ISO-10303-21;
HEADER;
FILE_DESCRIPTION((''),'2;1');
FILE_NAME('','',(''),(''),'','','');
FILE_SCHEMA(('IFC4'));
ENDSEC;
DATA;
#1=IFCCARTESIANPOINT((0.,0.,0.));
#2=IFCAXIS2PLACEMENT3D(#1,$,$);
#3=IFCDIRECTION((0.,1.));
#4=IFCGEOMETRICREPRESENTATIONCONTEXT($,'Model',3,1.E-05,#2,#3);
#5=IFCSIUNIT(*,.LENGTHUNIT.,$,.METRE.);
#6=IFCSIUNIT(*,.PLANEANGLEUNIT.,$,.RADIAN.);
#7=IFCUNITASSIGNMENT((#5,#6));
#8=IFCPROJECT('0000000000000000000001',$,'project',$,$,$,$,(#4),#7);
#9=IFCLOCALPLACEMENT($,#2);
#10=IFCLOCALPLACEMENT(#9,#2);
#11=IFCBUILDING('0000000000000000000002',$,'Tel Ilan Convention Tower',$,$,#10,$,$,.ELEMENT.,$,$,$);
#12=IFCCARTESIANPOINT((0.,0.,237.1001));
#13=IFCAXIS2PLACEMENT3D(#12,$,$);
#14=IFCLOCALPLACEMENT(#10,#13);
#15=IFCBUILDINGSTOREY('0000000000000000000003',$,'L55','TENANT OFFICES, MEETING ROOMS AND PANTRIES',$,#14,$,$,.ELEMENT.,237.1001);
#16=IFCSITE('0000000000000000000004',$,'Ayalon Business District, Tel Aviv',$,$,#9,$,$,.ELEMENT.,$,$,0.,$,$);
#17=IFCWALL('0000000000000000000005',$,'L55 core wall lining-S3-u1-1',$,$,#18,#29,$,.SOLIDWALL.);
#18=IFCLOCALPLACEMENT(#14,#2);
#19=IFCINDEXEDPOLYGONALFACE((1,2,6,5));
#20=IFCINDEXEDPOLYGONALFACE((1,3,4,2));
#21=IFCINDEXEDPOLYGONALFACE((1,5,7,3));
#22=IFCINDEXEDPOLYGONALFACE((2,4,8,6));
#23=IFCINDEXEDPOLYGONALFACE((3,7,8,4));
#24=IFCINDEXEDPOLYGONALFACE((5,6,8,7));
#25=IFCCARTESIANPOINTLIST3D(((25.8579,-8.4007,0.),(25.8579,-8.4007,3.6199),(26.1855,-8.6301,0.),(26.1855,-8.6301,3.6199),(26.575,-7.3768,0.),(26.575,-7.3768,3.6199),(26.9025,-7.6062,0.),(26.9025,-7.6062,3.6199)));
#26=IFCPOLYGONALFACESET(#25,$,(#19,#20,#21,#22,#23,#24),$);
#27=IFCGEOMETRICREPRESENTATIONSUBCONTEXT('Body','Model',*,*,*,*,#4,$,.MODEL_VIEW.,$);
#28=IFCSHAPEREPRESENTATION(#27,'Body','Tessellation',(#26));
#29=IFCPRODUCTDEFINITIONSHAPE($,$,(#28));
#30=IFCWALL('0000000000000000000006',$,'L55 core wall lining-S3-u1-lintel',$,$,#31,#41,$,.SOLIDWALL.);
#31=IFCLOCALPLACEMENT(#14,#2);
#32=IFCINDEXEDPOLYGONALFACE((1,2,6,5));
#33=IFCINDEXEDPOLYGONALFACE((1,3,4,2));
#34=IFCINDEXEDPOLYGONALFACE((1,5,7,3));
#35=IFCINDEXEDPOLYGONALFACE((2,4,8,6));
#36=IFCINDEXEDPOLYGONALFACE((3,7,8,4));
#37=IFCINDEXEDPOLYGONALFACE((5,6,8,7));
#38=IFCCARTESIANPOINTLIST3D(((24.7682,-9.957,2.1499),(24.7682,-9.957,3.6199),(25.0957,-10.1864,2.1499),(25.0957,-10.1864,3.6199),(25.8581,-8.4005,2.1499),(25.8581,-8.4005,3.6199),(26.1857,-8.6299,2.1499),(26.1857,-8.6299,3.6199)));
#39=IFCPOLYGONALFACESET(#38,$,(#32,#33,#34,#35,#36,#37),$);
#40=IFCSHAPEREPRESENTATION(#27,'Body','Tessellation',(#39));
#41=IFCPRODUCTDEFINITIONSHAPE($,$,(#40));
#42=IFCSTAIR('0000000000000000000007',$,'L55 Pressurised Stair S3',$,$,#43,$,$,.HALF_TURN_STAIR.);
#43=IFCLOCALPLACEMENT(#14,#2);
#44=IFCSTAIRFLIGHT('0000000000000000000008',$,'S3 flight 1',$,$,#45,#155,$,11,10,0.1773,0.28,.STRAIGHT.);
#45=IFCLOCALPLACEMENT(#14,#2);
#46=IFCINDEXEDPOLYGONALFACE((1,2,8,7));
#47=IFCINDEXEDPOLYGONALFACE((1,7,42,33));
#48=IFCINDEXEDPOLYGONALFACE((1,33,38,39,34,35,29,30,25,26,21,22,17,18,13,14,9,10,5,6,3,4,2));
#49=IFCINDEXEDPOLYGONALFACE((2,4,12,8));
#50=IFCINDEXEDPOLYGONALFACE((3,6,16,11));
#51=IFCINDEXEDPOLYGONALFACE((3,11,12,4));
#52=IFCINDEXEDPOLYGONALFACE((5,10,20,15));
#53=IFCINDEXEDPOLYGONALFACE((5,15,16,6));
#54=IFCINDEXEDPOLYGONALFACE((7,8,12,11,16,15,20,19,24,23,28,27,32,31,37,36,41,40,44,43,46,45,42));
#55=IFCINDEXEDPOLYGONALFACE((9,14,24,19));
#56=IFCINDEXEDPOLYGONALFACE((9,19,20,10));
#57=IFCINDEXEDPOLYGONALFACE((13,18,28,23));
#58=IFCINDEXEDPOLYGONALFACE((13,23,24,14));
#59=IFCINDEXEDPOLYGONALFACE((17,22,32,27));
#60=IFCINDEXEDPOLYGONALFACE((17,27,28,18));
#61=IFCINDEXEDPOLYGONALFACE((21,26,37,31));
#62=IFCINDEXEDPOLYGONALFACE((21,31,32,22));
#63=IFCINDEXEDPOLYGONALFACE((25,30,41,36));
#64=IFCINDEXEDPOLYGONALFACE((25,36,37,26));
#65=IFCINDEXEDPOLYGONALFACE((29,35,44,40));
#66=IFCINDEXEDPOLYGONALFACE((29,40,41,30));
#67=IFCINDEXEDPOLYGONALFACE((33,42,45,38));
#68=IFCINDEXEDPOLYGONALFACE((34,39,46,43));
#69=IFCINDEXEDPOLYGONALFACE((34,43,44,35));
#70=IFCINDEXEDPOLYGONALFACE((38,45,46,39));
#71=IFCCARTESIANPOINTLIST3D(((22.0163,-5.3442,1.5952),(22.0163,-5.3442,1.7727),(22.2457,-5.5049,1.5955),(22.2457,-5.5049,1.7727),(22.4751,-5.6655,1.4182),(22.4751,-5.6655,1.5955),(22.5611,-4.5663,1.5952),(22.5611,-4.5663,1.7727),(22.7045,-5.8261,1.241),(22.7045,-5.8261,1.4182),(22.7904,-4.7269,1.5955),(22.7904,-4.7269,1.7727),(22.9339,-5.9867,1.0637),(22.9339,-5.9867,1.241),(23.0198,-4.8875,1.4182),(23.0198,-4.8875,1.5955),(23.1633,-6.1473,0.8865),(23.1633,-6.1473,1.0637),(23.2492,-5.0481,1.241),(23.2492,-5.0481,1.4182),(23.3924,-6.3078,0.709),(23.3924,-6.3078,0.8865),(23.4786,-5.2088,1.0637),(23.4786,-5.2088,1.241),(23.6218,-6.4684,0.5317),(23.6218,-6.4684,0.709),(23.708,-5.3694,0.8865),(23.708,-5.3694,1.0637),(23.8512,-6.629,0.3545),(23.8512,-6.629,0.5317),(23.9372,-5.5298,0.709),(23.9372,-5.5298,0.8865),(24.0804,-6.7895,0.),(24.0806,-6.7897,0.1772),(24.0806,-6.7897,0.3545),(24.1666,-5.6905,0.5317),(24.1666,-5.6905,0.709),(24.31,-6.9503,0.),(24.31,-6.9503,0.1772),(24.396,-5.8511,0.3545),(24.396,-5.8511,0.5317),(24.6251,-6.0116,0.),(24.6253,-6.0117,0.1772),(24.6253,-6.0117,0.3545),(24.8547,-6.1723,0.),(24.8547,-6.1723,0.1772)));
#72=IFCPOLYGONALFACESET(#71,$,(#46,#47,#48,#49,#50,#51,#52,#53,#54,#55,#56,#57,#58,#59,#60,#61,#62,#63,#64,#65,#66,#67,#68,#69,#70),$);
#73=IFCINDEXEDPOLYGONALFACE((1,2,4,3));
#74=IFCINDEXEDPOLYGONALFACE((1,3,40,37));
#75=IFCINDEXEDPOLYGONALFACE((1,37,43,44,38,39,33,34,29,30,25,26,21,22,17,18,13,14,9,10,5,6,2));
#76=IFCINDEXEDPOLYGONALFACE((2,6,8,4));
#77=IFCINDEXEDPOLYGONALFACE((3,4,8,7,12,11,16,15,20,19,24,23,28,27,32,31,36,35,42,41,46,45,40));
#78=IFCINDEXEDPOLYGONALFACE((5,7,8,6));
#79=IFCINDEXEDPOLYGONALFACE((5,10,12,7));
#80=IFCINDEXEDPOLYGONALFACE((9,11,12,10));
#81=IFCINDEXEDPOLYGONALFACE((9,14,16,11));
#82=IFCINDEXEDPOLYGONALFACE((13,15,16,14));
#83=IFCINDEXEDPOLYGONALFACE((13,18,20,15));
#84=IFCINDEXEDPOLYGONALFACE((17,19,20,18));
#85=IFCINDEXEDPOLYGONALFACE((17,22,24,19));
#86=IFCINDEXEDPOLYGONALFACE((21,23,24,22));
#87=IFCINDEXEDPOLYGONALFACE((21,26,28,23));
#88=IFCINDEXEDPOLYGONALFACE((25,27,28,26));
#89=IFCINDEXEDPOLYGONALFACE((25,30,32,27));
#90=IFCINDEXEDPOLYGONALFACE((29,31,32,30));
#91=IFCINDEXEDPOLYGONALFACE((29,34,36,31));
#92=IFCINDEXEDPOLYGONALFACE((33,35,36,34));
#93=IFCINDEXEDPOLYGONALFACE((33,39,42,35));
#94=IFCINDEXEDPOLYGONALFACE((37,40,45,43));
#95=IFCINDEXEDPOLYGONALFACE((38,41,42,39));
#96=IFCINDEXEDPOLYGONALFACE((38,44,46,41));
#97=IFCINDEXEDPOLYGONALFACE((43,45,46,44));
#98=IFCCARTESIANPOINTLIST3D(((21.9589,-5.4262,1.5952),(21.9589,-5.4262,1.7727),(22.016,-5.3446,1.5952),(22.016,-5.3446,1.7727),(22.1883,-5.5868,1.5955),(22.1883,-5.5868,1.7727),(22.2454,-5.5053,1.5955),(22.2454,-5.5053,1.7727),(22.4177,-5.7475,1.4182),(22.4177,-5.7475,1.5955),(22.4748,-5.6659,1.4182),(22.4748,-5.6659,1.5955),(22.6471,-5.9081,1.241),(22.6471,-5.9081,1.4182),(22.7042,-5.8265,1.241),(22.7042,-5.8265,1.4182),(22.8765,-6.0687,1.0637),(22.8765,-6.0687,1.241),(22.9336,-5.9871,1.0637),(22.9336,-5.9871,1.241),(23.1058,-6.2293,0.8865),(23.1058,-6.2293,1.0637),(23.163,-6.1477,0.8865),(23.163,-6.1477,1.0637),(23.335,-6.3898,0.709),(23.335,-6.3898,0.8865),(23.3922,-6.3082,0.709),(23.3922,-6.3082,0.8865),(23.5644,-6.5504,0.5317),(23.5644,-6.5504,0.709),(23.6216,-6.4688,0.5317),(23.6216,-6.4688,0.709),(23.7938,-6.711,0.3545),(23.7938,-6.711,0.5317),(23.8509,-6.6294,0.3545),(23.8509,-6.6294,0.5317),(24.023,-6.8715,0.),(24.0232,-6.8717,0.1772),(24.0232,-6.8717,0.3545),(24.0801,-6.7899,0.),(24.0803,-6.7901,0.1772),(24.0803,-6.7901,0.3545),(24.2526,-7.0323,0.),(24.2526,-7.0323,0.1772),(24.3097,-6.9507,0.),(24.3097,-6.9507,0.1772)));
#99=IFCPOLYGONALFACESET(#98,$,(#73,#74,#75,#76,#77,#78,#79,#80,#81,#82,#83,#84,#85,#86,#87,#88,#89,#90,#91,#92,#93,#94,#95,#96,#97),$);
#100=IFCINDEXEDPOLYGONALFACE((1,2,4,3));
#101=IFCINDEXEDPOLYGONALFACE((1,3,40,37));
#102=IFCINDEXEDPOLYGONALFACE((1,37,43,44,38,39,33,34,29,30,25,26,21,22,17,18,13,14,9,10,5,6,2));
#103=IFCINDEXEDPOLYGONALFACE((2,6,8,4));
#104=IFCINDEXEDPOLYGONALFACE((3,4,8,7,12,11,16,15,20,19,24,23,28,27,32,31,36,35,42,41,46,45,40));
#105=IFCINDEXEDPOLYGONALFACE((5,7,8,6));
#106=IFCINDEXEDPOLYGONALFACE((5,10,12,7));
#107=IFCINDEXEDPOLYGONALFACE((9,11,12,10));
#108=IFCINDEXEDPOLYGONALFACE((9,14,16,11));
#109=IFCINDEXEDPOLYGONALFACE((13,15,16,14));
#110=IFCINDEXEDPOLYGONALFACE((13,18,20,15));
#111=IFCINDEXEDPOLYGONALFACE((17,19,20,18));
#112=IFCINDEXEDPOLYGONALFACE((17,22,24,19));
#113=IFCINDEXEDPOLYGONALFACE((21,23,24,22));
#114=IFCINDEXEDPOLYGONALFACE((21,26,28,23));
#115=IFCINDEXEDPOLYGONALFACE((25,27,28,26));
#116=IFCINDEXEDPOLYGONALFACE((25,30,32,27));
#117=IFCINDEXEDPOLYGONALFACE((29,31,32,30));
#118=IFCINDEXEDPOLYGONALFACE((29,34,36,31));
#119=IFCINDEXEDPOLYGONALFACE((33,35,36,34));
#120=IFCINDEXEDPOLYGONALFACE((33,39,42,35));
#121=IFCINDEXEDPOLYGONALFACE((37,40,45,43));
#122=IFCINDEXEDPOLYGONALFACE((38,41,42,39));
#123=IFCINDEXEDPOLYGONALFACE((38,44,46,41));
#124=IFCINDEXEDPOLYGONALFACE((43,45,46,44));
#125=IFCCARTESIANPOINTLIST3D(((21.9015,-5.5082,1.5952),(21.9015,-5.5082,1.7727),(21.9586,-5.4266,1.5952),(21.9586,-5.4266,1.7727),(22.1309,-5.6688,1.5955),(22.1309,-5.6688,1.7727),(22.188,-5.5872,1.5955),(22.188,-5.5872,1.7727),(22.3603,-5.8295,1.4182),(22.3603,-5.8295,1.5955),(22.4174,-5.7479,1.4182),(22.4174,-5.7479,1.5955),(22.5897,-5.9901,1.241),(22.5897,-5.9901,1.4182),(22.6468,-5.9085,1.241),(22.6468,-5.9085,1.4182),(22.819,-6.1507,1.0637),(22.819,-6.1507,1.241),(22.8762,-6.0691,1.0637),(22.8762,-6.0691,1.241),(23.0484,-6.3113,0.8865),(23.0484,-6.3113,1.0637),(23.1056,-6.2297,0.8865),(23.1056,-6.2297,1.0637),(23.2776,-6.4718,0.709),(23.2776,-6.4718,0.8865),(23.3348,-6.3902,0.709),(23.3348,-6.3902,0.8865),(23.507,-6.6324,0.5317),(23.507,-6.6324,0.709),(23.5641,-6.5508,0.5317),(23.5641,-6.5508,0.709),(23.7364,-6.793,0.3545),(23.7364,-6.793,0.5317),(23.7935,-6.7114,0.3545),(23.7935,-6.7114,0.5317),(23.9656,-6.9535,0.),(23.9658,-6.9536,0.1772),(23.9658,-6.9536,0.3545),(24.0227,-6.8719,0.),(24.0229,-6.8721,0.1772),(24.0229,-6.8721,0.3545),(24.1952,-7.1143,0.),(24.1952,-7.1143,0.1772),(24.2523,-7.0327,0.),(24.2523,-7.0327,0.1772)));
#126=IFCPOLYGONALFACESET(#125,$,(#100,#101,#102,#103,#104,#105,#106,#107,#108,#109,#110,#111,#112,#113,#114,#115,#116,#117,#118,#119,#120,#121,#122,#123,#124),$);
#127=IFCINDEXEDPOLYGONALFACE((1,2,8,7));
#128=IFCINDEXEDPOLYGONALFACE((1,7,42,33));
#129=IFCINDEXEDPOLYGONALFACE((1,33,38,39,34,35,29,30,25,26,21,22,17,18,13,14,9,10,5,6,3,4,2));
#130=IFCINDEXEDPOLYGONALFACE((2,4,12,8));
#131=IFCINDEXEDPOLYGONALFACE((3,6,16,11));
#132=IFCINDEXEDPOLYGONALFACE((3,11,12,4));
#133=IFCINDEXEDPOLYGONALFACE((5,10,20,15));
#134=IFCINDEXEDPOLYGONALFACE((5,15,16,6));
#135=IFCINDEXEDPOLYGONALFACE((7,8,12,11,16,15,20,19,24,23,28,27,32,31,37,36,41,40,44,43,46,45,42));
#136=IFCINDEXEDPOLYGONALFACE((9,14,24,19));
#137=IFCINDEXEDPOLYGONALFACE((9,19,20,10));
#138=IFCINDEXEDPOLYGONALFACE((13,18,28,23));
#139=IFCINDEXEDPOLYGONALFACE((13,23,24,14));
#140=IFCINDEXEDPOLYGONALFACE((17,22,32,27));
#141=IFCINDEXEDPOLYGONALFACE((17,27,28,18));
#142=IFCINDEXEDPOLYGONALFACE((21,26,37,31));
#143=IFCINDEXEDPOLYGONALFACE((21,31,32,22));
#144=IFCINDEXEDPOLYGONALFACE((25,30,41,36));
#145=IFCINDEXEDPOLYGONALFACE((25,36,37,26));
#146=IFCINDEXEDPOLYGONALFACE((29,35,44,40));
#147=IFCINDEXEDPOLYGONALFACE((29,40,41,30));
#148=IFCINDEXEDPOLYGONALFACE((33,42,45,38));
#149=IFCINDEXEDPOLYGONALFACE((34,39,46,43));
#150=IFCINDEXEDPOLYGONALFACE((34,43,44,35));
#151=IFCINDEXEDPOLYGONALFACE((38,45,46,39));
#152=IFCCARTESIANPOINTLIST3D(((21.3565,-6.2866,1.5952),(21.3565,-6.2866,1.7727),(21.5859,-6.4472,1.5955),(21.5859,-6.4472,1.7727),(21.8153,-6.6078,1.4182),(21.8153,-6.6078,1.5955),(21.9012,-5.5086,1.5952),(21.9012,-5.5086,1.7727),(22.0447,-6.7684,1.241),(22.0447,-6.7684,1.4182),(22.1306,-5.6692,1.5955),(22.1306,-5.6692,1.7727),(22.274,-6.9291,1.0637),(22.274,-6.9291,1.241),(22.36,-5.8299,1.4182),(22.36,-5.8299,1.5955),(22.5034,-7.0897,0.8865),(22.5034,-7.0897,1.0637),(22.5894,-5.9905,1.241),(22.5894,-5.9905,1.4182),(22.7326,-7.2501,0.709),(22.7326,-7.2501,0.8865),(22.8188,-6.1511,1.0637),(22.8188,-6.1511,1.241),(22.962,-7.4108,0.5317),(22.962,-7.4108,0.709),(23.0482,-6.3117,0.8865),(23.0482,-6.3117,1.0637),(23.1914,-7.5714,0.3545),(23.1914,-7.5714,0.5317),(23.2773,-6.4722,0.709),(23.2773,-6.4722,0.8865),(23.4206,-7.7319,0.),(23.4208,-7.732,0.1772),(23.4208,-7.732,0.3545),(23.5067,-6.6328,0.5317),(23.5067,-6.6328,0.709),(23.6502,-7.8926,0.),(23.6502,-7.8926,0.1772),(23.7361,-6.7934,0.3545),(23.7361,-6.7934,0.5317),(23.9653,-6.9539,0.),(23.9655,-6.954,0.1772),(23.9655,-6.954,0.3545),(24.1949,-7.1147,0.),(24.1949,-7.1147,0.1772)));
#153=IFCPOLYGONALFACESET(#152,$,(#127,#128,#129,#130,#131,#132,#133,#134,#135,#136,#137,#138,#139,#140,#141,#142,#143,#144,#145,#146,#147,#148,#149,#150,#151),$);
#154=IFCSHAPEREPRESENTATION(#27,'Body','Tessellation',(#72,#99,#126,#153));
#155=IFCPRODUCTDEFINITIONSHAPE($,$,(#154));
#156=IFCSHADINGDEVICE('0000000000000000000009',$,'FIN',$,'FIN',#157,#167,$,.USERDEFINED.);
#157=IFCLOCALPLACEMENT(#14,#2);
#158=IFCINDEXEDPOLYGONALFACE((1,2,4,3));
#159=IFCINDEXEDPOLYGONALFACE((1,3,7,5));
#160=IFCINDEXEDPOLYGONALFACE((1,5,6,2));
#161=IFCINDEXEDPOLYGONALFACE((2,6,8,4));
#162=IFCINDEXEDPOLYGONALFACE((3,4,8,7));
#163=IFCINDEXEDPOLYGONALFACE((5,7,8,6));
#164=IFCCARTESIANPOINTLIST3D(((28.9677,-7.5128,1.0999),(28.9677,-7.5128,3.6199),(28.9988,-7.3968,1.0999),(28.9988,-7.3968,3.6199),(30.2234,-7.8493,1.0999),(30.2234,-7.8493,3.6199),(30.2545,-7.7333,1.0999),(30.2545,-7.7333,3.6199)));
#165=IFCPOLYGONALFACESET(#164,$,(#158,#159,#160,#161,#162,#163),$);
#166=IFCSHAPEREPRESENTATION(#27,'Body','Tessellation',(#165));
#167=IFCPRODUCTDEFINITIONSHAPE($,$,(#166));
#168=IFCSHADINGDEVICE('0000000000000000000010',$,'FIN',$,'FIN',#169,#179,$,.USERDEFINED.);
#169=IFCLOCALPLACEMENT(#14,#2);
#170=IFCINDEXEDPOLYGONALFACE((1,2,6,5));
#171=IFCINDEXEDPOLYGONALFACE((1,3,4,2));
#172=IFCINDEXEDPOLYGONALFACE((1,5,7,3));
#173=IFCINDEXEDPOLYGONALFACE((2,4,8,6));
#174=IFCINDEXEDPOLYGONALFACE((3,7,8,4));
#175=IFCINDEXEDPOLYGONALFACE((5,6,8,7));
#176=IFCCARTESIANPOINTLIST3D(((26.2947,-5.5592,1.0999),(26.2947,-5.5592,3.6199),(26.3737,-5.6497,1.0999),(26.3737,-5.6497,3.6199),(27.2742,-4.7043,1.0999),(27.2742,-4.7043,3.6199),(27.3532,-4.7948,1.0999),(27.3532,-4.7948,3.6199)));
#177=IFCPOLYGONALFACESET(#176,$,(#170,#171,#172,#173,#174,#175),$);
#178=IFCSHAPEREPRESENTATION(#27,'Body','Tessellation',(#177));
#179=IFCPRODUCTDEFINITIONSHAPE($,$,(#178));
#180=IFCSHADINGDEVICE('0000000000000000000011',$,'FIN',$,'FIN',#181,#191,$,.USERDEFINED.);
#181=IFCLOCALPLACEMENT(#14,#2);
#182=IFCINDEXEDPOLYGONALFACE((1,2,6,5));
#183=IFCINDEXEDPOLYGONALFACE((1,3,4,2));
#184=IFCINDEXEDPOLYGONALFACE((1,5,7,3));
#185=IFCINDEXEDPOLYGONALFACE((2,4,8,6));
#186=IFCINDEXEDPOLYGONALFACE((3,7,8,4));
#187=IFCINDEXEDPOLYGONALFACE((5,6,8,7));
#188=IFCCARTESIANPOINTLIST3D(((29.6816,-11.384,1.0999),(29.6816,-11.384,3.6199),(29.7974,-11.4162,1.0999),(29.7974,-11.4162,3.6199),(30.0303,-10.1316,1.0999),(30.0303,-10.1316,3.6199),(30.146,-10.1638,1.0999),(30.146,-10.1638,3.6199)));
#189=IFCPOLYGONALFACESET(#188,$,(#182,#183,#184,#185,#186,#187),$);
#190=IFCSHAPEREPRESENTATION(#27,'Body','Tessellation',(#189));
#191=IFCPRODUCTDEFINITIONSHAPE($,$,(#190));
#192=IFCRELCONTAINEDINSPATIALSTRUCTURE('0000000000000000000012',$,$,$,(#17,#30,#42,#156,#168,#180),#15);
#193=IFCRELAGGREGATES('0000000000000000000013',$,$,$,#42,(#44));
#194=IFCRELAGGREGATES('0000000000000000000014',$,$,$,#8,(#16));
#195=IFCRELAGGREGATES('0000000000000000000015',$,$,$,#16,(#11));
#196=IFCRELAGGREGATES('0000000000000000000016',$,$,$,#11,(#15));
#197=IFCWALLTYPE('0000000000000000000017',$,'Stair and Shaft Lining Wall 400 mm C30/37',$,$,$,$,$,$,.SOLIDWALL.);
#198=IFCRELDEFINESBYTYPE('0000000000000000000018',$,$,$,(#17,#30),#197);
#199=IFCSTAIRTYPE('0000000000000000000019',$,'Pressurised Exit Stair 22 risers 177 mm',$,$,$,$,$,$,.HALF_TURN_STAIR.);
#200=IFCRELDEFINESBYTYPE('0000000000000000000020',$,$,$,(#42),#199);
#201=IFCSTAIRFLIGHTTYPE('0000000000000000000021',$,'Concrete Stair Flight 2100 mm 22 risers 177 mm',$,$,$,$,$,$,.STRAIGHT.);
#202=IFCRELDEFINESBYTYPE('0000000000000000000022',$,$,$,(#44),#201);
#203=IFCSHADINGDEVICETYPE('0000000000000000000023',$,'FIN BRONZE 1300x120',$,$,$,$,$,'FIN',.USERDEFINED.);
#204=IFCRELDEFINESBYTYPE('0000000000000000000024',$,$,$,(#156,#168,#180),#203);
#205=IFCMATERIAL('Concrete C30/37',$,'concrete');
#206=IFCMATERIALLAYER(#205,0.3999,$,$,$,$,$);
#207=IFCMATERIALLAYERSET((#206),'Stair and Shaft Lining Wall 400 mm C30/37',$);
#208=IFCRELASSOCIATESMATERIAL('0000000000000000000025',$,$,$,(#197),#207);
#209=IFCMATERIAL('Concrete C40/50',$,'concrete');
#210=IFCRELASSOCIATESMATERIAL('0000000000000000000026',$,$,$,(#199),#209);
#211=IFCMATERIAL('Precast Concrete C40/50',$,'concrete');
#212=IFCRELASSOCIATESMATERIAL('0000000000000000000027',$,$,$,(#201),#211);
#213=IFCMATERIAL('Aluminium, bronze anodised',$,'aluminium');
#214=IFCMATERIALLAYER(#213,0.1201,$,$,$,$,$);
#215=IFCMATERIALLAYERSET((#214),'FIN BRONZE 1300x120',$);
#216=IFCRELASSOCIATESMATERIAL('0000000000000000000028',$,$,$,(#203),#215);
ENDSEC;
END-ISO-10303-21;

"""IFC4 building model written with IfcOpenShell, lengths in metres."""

from ifc_helpers import new_model, si_unit, direction, frame, frame_2d, origin, origin_2d, place, context, subcontext, project, spatial, polyline, rectangle, outline, extrude, material, layer, layer_set, type_object, element, aggregate, save


model = new_model("IFC4")

# Units and contexts
model_context = context("Model", 3, precision=1e-05, world=origin(), true_north=direction((0.0, 1.0)))
body_context = subcontext(model_context, "Body", "Model", "MODEL_VIEW")
ifc_project = project(units=[si_unit("LENGTHUNIT", "METRE"), si_unit("PLANEANGLEUNIT", "RADIAN")], contexts=[model_context])

# Site, building, storey
site_placement = place(None, origin())
site = spatial("IfcSite", under=ifc_project, at=site_placement, Name="Ayalon Business District, Tel Aviv", CompositionType="ELEMENT", RefElevation=0.0)
building_placement = place(site_placement, origin())
building = spatial("IfcBuilding", under=site, at=building_placement, Name="Tel Ilan Convention Tower", CompositionType="ELEMENT")
storey_placement = place(building_placement, frame((0.0, 0.0, 237.1001)))
storey = spatial("IfcBuildingStorey", under=building, at=storey_placement, Name="L55", Description="TENANT OFFICES, MEETING ROOMS AND PANTRIES", CompositionType="ELEMENT", Elevation=237.1001)

# Walls
ifc_material_1 = material(Name="Concrete C30/37", Category="concrete")
ifc_layer_1 = layer(ifc_material_1, 0.3999)
ifc_layer_set_1 = layer_set([ifc_layer_1], Name="Stair and Shaft Lining Wall 400 mm C30/37")
wall_type_1 = type_object("IfcWallType", Name="Stair and Shaft Lining Wall 400 mm C30/37", PredefinedType="SOLIDWALL", material=ifc_layer_set_1)
wall_1_placement = place(storey_placement, frame((26.0217, -8.5154, 0.0), z_axis=(0.0, 0.0, 1.0), x_axis=(0.57362, 0.819122, 0.0)))
element("IfcWall", 1, at=wall_1_placement, inside=storey, type_object=wall_type_1, Name="L55 core wall lining-S3-u1-1", PredefinedType="SOLIDWALL", context=body_context, shape_type="SweptSolid", body=[
    extrude(rectangle(XDim=1.25, YDim=0.3999, at=frame_2d((0.625, 0.0))), origin(), (0.0, 0.0, 1.0), 3.6199),
])
wall_2_placement = place(storey_placement, frame((24.9319, -10.0718, 2.1499), z_axis=(0.0, 0.0, 1.0), x_axis=(0.573592, 0.819141, 0.0)))
element("IfcWall", 2, at=wall_2_placement, inside=storey, type_object=wall_type_1, Name="L55 core wall lining-S3-u1-lintel", PredefinedType="SOLIDWALL", context=body_context, shape_type="SweptSolid", body=[
    extrude(rectangle(XDim=1.9001, YDim=0.3999, at=frame_2d((0.9502, 0.0))), origin(), (0.0, 0.0, 1.0), 1.47),
])

# Stair, stair flight
ifc_material_2 = material(Name="Concrete C40/50", Category="concrete")
stair_type = type_object("IfcStairType", Name="Pressurised Exit Stair 22 risers 177 mm", PredefinedType="HALF_TURN_STAIR", material=ifc_material_2)
stair_placement = place(storey_placement, origin())
stair = element("IfcStair", 3, at=stair_placement, inside=storey, type_object=stair_type, Name="L55 Pressurised Stair S3", PredefinedType="HALF_TURN_STAIR")
ifc_material_3 = material(Name="Precast Concrete C40/50", Category="concrete")
stair_flight_type = type_object("IfcStairFlightType", Name="Concrete Stair Flight 2100 mm 22 risers 177 mm", PredefinedType="STRAIGHT", material=ifc_material_3)
stair_flight_placement = place(storey_placement, frame((24.2524, -7.0325, 0.0), z_axis=(0.0, 0.0, 1.0), x_axis=(-0.819152, 0.573576, 0.0)))
stair_flight = element("IfcStairFlight", 4, at=stair_flight_placement, type_object=stair_flight_type, Name="S3 flight 1", NumberOfRisers=11, NumberOfTreads=10, PredefinedType="STRAIGHT", RiserHeight=0.1773, TreadLength=0.28, context=body_context, shape_type="SweptSolid", body=[
    extrude(outline(polyline([(0.0, 0.0), (0.0, 0.1772), (0.28, 0.1772), (0.28, 0.3545), (0.5601, 0.3545), (0.5601, 0.5317), (0.8401, 0.5317), (0.8401, 0.709), (1.1201, 0.709), (1.1201, 0.8865), (1.3999, 0.8865), (1.3999, 1.0637), (1.6799, 1.0637), (1.6799, 1.241), (1.96, 1.241), (1.96, 1.4182), (2.24, 1.4182), (2.24, 1.5955), (2.52, 1.5955), (2.52, 1.7727), (2.8, 1.7727), (2.8, 1.95), (2.8, 1.5952), (0.2803, 0.0), (0.0, 0.0)])), frame((0.0, -0.1003, 0.0), z_axis=(0.0, -1.0, 0.0), x_axis=(1.0, 0.0, 0.0)), (0.0, 0.0, 1.0), 0.9497),
    extrude(outline(polyline([(0.0, 0.0), (0.0, 0.1772), (0.28, 0.1772), (0.28, 0.3545), (0.5601, 0.3545), (0.5601, 0.5317), (0.8401, 0.5317), (0.8401, 0.709), (1.1201, 0.709), (1.1201, 0.8865), (1.3999, 0.8865), (1.3999, 1.0637), (1.6799, 1.0637), (1.6799, 1.241), (1.96, 1.241), (1.96, 1.4182), (2.24, 1.4182), (2.24, 1.5955), (2.52, 1.5955), (2.52, 1.7727), (2.8, 1.7727), (2.8, 1.95), (2.8, 1.5952), (0.2803, 0.0), (0.0, 0.0)])), frame((0.0, -0.0002, 0.0), z_axis=(0.0, -1.0, 0.0), x_axis=(1.0, 0.0, 0.0)), (0.0, 0.0, 1.0), 0.0996),
    extrude(outline(polyline([(0.0, 0.0), (0.0, 0.1772), (0.28, 0.1772), (0.28, 0.3545), (0.5601, 0.3545), (0.5601, 0.5317), (0.8401, 0.5317), (0.8401, 0.709), (1.1201, 0.709), (1.1201, 0.8865), (1.3999, 0.8865), (1.3999, 1.0637), (1.6799, 1.0637), (1.6799, 1.241), (1.96, 1.241), (1.96, 1.4182), (2.24, 1.4182), (2.24, 1.5955), (2.52, 1.5955), (2.52, 1.7727), (2.8, 1.7727), (2.8, 1.95), (2.8, 1.5952), (0.2803, 0.0), (0.0, 0.0)])), frame((0.0, 0.0999, 0.0), z_axis=(0.0, -1.0, 0.0), x_axis=(1.0, 0.0, 0.0)), (0.0, 0.0, 1.0), 0.0996),
    extrude(outline(polyline([(0.0, 0.0), (0.0, 0.1772), (0.28, 0.1772), (0.28, 0.3545), (0.5601, 0.3545), (0.5601, 0.5317), (0.8401, 0.5317), (0.8401, 0.709), (1.1201, 0.709), (1.1201, 0.8865), (1.3999, 0.8865), (1.3999, 1.0637), (1.6799, 1.0637), (1.6799, 1.241), (1.96, 1.241), (1.96, 1.4182), (2.24, 1.4182), (2.24, 1.5955), (2.52, 1.5955), (2.52, 1.7727), (2.8, 1.7727), (2.8, 1.95), (2.8, 1.5952), (0.2803, 0.0), (0.0, 0.0)])), frame((0.0, 1.05, 0.0), z_axis=(0.0, -1.0, 0.0), x_axis=(1.0, 0.0, 0.0)), (0.0, 0.0, 1.0), 0.9497),
])
aggregate(stair, [stair_flight])

# Shading devices
ifc_material_4 = material(Name="Aluminium, bronze anodised", Category="aluminium")
ifc_layer_2 = layer(ifc_material_4, 0.1201)
ifc_layer_set_2 = layer_set([ifc_layer_2], Name="FIN BRONZE 1300x120")
shading_device_type = type_object("IfcShadingDeviceType", Name="FIN BRONZE 1300x120", ElementType="FIN", PredefinedType="USERDEFINED", material=ifc_layer_set_2)
for number, where, z_axis, x_axis, name in (
    (5, (29.6111, -7.623, 1.0999), (0.0, 0.0, 1.0), (0.965926, -0.258819, 0.0), "FIN"),
    (6, (26.824, -5.177, 1.0999), (0.0, 0.0, 1.0), (0.753436, 0.657521, 0.0), "FIN"),
    (7, (29.9138, -10.7739, 1.0999), (0.0, 0.0, 1.0), (0.268173, 0.963371, 0.0), "FIN"),
):
    element("IfcShadingDevice", number, at=place(storey_placement, frame(where, z_axis=z_axis, x_axis=x_axis)), inside=storey, type_object=shading_device_type, Name=name, ObjectType="FIN", PredefinedType="USERDEFINED", context=body_context, shape_type="SweptSolid", body=[
        extrude(rectangle(XDim=1.3, YDim=0.1201, at=origin_2d()), origin(), (0.0, 0.0, 1.0), 2.52),
    ])

save(model, "model.ifc")
